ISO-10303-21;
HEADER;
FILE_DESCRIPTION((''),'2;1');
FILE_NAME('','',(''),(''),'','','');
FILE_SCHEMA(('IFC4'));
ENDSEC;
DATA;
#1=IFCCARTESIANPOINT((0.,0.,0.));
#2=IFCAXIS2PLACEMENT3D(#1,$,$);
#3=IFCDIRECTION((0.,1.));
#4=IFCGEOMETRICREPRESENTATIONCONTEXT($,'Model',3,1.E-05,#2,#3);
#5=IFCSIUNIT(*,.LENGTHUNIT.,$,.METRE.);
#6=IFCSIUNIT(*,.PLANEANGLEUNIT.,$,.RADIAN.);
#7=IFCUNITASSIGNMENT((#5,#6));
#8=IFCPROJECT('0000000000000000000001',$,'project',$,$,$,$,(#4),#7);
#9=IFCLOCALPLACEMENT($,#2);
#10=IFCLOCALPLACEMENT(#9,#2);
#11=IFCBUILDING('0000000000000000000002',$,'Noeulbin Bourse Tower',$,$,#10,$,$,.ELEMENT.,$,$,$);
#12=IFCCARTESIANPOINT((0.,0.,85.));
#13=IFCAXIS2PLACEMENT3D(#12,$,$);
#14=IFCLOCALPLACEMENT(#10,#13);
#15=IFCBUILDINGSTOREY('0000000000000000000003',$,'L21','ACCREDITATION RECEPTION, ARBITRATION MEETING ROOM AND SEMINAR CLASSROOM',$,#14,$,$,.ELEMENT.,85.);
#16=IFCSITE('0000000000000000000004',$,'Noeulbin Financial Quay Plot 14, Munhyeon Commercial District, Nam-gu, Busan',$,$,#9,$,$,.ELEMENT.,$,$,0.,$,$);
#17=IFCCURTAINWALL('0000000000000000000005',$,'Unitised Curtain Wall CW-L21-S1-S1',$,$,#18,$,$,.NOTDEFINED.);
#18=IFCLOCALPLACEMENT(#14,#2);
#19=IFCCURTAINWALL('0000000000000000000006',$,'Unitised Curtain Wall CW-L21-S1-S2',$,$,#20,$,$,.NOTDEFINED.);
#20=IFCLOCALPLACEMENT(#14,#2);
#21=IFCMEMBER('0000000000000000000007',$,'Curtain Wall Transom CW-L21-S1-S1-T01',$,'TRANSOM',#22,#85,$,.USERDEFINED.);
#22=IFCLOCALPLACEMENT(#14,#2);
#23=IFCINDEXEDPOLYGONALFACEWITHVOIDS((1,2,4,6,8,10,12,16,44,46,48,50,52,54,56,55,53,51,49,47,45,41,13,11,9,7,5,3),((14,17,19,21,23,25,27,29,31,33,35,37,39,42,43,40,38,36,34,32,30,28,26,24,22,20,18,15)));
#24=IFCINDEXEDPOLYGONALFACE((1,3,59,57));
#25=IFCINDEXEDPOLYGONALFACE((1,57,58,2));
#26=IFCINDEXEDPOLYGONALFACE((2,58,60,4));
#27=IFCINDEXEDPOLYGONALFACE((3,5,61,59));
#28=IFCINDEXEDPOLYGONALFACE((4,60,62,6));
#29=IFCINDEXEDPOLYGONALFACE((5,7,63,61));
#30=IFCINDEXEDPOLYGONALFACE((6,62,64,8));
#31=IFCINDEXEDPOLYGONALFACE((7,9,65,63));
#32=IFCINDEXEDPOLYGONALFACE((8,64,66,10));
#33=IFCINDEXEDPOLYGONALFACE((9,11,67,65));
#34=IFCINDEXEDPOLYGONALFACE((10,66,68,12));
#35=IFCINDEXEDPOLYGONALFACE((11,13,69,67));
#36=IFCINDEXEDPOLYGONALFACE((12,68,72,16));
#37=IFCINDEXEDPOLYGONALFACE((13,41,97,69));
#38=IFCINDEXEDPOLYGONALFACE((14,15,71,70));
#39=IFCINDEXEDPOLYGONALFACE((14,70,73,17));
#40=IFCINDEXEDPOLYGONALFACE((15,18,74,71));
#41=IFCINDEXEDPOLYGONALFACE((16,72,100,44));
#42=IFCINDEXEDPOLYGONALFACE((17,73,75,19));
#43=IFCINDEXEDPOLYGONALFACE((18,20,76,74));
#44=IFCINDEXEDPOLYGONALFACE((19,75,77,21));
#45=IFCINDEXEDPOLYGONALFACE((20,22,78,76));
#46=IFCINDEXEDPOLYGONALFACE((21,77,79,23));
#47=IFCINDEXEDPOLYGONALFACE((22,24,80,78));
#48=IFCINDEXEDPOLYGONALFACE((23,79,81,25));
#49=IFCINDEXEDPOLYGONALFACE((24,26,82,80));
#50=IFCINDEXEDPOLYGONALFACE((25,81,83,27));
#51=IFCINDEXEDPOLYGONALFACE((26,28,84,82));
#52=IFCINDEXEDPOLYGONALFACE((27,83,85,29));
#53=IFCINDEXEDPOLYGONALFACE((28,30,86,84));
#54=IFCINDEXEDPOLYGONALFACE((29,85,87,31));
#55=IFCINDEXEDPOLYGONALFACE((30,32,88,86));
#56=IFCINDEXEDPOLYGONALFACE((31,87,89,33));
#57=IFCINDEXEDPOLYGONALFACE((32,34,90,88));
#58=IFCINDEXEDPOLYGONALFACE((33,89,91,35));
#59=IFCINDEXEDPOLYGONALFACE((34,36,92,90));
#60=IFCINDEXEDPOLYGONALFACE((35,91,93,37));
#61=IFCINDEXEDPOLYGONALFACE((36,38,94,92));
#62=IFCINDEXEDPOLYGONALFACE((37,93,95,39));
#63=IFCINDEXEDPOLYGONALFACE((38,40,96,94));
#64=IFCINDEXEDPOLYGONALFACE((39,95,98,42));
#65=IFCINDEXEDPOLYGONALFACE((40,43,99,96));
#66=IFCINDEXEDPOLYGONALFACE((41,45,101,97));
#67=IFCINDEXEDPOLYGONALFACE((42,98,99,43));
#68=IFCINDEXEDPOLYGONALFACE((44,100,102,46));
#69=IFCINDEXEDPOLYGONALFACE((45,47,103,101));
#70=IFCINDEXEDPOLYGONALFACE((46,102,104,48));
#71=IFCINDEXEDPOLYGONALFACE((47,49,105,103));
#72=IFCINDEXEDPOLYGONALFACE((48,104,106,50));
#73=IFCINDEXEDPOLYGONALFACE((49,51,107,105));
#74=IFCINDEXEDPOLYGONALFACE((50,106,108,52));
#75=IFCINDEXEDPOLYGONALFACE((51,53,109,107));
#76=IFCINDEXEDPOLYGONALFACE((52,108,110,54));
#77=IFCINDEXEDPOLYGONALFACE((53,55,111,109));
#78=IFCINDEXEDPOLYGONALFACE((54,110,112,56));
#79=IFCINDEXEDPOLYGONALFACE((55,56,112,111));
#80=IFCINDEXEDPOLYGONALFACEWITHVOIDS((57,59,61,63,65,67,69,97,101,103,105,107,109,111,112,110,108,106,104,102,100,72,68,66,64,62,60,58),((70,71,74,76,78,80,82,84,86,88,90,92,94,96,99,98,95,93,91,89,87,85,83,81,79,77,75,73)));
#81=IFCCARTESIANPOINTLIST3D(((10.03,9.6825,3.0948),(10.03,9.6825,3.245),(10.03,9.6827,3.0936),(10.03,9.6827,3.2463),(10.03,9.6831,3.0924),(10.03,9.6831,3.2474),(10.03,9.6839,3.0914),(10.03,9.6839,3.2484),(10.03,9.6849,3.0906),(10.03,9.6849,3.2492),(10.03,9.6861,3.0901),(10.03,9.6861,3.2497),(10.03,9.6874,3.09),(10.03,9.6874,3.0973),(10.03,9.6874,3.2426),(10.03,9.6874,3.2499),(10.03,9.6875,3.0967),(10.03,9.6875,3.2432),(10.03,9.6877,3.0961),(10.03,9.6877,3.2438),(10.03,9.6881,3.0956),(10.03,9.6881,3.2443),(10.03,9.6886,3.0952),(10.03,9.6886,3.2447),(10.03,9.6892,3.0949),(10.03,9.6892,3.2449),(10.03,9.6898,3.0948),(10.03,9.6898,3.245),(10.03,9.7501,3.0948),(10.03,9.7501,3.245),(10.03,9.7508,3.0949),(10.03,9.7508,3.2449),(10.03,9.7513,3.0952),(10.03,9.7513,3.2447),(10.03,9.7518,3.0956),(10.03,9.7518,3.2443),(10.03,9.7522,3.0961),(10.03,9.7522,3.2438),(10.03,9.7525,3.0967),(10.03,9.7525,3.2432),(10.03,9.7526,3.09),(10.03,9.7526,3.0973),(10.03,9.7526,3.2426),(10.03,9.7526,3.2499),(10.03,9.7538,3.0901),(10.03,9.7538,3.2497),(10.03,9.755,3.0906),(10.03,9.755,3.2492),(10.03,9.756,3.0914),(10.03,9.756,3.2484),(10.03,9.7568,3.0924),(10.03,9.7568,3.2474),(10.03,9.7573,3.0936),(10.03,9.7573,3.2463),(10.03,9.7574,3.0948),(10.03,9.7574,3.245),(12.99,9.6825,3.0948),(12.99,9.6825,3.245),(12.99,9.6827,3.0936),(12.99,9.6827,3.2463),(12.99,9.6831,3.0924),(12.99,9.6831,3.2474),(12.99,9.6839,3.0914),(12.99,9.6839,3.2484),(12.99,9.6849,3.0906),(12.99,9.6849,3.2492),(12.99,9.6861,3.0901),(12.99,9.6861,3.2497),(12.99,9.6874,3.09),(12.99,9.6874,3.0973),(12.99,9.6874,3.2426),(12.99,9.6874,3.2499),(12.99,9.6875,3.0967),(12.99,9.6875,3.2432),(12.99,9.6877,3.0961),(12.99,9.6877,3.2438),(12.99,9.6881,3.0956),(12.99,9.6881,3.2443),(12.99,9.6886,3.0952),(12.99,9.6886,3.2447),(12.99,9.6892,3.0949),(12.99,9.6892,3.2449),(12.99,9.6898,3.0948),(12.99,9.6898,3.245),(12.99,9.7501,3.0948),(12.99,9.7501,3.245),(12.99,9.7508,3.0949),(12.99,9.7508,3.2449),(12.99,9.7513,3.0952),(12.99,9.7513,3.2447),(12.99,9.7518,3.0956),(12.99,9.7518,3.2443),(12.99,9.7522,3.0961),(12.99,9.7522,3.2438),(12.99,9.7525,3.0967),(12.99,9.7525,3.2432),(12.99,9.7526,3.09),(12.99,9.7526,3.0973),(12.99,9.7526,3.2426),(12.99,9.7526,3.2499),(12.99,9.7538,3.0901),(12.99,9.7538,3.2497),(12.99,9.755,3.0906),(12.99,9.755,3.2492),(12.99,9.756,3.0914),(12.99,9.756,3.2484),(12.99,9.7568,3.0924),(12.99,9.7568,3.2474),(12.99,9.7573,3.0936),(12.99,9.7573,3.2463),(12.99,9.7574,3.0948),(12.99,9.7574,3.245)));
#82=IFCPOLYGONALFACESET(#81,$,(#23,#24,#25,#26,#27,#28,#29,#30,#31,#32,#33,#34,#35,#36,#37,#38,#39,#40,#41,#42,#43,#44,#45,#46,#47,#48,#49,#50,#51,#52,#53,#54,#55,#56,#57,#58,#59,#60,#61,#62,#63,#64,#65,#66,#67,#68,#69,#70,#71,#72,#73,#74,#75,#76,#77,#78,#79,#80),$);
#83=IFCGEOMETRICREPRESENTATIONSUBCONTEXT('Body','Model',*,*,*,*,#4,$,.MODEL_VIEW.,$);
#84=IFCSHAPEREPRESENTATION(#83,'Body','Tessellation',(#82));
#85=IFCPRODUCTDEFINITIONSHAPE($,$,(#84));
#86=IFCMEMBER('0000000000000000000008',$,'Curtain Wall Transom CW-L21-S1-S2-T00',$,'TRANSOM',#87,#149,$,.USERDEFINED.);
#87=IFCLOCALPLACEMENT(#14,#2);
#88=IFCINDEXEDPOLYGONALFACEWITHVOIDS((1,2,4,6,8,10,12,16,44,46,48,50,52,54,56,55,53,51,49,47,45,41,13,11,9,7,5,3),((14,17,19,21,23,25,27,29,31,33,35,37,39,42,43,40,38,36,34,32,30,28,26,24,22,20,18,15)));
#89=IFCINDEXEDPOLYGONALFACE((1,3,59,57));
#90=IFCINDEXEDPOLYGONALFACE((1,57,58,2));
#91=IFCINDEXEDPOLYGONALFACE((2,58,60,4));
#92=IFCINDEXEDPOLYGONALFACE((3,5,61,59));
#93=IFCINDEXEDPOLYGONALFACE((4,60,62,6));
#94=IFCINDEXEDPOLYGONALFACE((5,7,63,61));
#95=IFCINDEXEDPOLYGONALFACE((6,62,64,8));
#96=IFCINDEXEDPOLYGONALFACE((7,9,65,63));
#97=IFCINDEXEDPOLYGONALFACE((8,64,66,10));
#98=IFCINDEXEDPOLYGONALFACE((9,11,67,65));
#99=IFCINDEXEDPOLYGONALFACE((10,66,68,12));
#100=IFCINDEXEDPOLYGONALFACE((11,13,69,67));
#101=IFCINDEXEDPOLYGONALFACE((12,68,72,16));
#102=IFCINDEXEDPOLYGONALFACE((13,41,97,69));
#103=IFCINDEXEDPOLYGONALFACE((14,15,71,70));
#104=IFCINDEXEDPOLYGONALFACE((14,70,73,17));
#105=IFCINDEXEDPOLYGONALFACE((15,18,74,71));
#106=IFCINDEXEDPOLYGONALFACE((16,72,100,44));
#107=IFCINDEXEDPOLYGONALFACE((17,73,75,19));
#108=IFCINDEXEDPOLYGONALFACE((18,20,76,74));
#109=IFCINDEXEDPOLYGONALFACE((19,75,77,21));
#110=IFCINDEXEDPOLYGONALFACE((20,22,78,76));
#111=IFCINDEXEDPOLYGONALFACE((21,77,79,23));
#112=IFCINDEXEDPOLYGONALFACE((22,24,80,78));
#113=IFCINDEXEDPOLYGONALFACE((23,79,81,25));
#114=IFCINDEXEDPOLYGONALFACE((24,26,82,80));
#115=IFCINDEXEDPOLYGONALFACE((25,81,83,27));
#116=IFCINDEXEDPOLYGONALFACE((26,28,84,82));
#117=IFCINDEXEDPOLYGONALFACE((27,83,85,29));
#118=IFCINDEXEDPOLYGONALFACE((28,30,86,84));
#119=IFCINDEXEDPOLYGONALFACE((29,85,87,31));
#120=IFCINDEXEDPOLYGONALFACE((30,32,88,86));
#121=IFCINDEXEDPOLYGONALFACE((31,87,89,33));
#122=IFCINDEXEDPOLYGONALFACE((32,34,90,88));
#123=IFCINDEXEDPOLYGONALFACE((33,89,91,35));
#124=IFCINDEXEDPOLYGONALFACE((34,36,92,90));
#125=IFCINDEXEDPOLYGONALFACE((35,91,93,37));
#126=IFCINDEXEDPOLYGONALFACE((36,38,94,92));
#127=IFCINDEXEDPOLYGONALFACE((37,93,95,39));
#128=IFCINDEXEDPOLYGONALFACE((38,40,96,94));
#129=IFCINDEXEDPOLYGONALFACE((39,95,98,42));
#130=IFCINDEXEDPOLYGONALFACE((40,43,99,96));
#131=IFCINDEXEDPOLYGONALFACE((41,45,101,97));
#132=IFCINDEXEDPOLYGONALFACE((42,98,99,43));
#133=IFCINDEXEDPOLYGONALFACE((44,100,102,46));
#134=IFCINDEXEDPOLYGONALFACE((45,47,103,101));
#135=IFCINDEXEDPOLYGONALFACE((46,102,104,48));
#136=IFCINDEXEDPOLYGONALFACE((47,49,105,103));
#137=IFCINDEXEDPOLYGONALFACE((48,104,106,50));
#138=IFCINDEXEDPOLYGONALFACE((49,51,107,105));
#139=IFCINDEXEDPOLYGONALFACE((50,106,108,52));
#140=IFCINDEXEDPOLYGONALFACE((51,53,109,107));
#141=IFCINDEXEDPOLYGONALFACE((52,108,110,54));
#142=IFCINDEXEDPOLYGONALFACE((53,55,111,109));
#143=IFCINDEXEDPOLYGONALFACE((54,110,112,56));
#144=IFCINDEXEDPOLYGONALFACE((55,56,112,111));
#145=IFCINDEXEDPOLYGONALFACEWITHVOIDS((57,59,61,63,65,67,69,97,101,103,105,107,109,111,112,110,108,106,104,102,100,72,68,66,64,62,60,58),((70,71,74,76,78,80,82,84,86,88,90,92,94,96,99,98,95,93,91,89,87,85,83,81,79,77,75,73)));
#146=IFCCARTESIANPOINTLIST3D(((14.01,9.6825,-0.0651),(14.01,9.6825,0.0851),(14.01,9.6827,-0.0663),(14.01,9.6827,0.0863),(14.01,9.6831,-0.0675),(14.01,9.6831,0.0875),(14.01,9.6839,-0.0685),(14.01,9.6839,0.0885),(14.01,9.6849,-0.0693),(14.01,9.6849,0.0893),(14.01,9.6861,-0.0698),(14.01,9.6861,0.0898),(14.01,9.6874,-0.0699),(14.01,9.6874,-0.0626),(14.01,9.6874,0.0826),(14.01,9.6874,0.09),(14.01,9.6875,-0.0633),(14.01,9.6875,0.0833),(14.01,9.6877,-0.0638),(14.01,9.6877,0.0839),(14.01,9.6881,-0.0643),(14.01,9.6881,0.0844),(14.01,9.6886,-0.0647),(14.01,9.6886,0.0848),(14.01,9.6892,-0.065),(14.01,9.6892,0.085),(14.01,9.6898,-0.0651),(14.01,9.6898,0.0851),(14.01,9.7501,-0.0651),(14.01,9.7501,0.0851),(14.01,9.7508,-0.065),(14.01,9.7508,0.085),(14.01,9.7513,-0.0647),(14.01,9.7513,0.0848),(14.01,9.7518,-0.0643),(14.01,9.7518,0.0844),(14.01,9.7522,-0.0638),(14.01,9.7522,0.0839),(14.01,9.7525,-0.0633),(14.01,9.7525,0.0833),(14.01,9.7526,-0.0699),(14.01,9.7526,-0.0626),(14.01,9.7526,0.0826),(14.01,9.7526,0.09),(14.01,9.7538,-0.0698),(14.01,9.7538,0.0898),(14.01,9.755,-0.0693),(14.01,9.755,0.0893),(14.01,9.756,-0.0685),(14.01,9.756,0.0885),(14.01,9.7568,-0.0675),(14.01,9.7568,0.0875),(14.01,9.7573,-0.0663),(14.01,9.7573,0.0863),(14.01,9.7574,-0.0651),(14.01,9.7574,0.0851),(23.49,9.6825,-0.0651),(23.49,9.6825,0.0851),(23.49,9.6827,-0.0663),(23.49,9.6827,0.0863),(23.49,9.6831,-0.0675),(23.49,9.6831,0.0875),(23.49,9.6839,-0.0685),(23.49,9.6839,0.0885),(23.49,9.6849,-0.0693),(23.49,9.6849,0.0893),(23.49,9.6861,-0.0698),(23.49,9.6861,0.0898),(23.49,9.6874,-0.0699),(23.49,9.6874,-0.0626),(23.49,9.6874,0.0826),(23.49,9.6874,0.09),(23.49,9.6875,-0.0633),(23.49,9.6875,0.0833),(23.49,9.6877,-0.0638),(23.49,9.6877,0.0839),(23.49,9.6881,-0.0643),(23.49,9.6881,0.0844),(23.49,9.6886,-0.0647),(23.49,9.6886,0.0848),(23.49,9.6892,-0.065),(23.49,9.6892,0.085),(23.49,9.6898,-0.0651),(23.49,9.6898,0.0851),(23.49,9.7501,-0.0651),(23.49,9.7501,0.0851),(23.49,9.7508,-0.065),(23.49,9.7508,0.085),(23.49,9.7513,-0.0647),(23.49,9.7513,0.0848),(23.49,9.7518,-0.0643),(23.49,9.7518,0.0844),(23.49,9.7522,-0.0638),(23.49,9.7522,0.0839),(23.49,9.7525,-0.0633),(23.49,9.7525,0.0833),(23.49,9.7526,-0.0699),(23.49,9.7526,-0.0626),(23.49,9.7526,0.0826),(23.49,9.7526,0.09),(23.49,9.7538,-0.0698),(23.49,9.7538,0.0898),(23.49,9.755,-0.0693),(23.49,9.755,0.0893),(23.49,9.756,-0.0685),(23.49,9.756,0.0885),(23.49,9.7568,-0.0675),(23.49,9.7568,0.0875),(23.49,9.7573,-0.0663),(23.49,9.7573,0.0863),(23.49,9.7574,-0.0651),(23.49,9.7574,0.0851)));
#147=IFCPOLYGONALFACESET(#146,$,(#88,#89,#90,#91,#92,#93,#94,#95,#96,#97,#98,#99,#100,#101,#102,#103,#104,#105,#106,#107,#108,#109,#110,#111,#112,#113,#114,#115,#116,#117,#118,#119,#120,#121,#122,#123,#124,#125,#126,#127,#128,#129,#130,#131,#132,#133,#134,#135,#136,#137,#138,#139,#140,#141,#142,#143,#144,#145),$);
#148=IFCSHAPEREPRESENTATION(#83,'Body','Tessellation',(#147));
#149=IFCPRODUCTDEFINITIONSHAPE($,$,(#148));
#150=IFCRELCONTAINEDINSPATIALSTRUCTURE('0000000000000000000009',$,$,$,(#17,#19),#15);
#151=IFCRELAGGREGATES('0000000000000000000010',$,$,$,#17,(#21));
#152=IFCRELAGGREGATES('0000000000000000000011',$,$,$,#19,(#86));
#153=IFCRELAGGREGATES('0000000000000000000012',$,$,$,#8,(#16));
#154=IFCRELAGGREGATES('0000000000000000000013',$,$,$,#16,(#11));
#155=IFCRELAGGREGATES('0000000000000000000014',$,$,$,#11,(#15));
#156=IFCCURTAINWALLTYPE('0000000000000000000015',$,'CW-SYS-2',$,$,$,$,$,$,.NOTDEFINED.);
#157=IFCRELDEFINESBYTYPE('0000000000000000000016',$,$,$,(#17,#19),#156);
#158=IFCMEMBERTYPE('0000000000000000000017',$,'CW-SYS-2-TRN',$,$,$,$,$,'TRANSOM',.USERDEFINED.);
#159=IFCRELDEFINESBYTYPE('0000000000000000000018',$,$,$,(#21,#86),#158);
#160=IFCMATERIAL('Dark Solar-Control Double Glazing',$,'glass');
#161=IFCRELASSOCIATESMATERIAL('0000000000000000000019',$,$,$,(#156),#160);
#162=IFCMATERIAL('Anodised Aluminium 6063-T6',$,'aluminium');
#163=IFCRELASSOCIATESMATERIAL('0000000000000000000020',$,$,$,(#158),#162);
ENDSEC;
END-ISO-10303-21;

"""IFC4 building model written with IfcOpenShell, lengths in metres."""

from ifc_helpers import new_model, si_unit, direction, frame, origin, origin_2d, place, context, subcontext, project, spatial, hollow_rectangle, extrude, material, material_profile, profile_set, type_object, element, aggregate, save


model = new_model("IFC4")

# Units and contexts
model_context = context("Model", 3, precision=1e-05, world=origin(), true_north=direction((0.0, 1.0)))
body_context = subcontext(model_context, "Body", "Model", "MODEL_VIEW")
ifc_project = project(units=[si_unit("LENGTHUNIT", "METRE"), si_unit("PLANEANGLEUNIT", "RADIAN")], contexts=[model_context])

# Site, building, storey
site_placement = place(None, origin())
site = spatial("IfcSite", under=ifc_project, at=site_placement, Name="Noeulbin Financial Quay Plot 14, Munhyeon Commercial District, Nam-gu, Busan", CompositionType="ELEMENT", RefElevation=0.0)
building_placement = place(site_placement, origin())
building = spatial("IfcBuilding", under=site, at=building_placement, Name="Noeulbin Bourse Tower", CompositionType="ELEMENT")
storey_placement = place(building_placement, frame((0.0, 0.0, 85.0)))
storey = spatial("IfcBuildingStorey", under=building, at=storey_placement, Name="L21", Description="ACCREDITATION RECEPTION, ARBITRATION MEETING ROOM AND SEMINAR CLASSROOM", CompositionType="ELEMENT", Elevation=85.0)

# Curtain wall
ifc_material_1 = material(Name="Dark Solar-Control Double Glazing", Category="glass")
curtain_wall_type = type_object("IfcCurtainWallType", Name="CW-SYS-2", PredefinedType="NOTDEFINED", material=ifc_material_1)
curtain_wall_1_placement = place(storey_placement, origin())
curtain_wall_1 = element("IfcCurtainWall", 1, at=curtain_wall_1_placement, inside=storey, type_object=curtain_wall_type, Name="Unitised Curtain Wall CW-L21-S1-S1", PredefinedType="NOTDEFINED")
ifc_material_2 = material(Name="Anodised Aluminium 6063-T6", Category="aluminium")

# Curtain wall
curtain_wall_2_placement = place(storey_placement, origin())
curtain_wall_2 = element("IfcCurtainWall", 2, at=curtain_wall_2_placement, inside=storey, type_object=curtain_wall_type, Name="Unitised Curtain Wall CW-L21-S1-S2", PredefinedType="NOTDEFINED")

# Members
ifc_material_profile_1 = material_profile(ifc_material_2, hollow_rectangle(XDim=0.075, YDim=0.1599, WallThickness=0.0049, InnerFilletRadius=0.0024, OuterFilletRadius=0.0049, at=origin_2d()), Name="ALU-TRAN-75x160x5", Category="LoadBearing")
ifc_profile_set_1 = profile_set([ifc_material_profile_1], Name="Anodised Aluminium 6063-T6")
member_type_1 = type_object("IfcMemberType", Name="CW-SYS-2-TRN", ElementType="TRANSOM", PredefinedType="USERDEFINED", material=ifc_profile_set_1)
member_1_placement = place(storey_placement, frame((10.03, 9.72, 3.1699), z_axis=(1.0, 0.0, 0.0), x_axis=(0.0, 1.0, 0.0)))
member_1 = element("IfcMember", 3, at=member_1_placement, type_object=member_type_1, Name="Curtain Wall Transom CW-L21-S1-S1-T01", ObjectType="TRANSOM", PredefinedType="USERDEFINED", context=body_context, shape_type="SweptSolid", body=[
    extrude(hollow_rectangle(XDim=0.075, YDim=0.1599, WallThickness=0.0049, InnerFilletRadius=0.0024, OuterFilletRadius=0.0049, at=origin_2d()), origin(), (0.0, 0.0, 1.0), 2.96),
])
member_2_placement = place(storey_placement, frame((14.01, 9.72, 0.01), z_axis=(1.0, 0.0, 0.0), x_axis=(0.0, 1.0, 0.0)))
member_2 = element("IfcMember", 4, at=member_2_placement, type_object=member_type_1, Name="Curtain Wall Transom CW-L21-S1-S2-T00", ObjectType="TRANSOM", PredefinedType="USERDEFINED", context=body_context, shape_type="SweptSolid", body=[
    extrude(hollow_rectangle(XDim=0.075, YDim=0.1599, WallThickness=0.0049, InnerFilletRadius=0.0024, OuterFilletRadius=0.0049, at=origin_2d()), origin(), (0.0, 0.0, 1.0), 9.48),
])

aggregate(curtain_wall_1, [member_1])
aggregate(curtain_wall_2, [member_2])

save(model, "model.ifc")
